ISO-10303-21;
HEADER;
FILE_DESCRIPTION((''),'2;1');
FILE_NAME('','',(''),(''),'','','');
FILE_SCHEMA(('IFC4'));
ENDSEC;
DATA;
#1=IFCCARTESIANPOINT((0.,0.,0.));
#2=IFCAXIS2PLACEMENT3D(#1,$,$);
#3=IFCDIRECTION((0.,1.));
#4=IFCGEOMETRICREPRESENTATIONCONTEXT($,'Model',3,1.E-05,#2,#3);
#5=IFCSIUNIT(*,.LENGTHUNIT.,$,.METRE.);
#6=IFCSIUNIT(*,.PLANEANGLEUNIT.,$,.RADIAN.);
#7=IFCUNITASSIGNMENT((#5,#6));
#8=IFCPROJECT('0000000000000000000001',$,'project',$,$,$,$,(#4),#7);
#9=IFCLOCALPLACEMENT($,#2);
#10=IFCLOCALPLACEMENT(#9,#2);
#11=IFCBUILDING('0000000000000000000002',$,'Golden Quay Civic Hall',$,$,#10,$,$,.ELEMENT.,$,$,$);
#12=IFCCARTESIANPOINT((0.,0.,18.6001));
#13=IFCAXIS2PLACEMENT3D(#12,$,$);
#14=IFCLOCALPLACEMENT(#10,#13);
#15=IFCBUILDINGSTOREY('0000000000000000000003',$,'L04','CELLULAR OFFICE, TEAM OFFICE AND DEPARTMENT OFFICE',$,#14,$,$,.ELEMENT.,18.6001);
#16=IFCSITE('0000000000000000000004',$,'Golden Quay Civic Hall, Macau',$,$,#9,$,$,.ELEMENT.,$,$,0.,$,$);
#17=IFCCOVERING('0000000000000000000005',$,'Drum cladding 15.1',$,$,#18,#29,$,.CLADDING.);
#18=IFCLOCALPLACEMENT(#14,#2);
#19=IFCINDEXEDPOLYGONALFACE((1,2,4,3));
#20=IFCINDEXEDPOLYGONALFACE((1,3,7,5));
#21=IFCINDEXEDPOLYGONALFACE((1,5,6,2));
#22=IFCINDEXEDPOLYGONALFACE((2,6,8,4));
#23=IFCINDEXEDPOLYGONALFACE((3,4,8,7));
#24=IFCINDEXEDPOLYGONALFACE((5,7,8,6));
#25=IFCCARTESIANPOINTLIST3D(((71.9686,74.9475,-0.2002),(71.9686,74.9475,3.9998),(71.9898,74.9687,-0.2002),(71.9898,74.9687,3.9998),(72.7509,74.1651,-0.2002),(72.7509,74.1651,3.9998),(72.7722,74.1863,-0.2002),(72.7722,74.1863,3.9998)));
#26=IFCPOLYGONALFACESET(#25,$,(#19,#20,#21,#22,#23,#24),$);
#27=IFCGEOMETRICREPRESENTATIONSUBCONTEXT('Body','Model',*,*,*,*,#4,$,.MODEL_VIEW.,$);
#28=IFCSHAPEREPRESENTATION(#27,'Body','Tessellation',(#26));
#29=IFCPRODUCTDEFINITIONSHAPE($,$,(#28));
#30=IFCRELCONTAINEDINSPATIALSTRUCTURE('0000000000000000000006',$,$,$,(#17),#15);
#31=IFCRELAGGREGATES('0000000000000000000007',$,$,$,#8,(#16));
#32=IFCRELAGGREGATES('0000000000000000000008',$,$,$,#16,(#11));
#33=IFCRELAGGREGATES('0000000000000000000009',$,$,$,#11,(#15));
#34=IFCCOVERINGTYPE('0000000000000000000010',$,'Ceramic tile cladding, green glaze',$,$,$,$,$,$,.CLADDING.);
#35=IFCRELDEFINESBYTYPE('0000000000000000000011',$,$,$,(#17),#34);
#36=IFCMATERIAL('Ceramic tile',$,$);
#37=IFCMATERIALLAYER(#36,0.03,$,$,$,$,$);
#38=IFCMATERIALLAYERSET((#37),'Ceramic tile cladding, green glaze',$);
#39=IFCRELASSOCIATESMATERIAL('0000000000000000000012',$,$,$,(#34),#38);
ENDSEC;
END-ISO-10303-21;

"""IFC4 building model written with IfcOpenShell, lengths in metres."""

from ifc_helpers import new_model, si_unit, direction, frame, origin, origin_2d, place, context, subcontext, project, spatial, rectangle, extrude, material, layer, layer_set, type_object, element, save


model = new_model("IFC4")

# Units and contexts
model_context = context("Model", 3, precision=1e-05, world=origin(), true_north=direction((0.0, 1.0)))
body_context = subcontext(model_context, "Body", "Model", "MODEL_VIEW")
ifc_project = project(units=[si_unit("LENGTHUNIT", "METRE"), si_unit("PLANEANGLEUNIT", "RADIAN")], contexts=[model_context])

# Site, building, storey
site_placement = place(None, origin())
site = spatial("IfcSite", under=ifc_project, at=site_placement, Name="Golden Quay Civic Hall, Macau", CompositionType="ELEMENT", RefElevation=0.0)
building_placement = place(site_placement, origin())
building = spatial("IfcBuilding", under=site, at=building_placement, Name="Golden Quay Civic Hall", CompositionType="ELEMENT")
storey_placement = place(building_placement, frame((0.0, 0.0, 18.6001)))
storey = spatial("IfcBuildingStorey", under=building, at=storey_placement, Name="L04", Description="CELLULAR OFFICE, TEAM OFFICE AND DEPARTMENT OFFICE", CompositionType="ELEMENT", Elevation=18.6001)

# Covering
ifc_material_1 = material(Name="Ceramic tile")
ifc_layer_1 = layer(ifc_material_1, 0.03)
ifc_layer_set_1 = layer_set([ifc_layer_1], Name="Ceramic tile cladding, green glaze")
covering_type = type_object("IfcCoveringType", Name="Ceramic tile cladding, green glaze", PredefinedType="CLADDING", material=ifc_layer_set_1)
for number, where, z_axis, x_axis, name in (
    (1, (72.3704, 74.5669, -0.2002), (0.0, 0.0, 1.0), (0.707107, -0.707107, 0.0), "Drum cladding 15.1"),
):
    element("IfcCovering", number, at=place(storey_placement, frame(where, z_axis=z_axis, x_axis=x_axis)), inside=storey, type_object=covering_type, Name=name, PredefinedType="CLADDING", context=body_context, shape_type="SweptSolid", body=[
        extrude(rectangle(XDim=1.1064, YDim=0.03, at=origin_2d()), origin(), (0.0, 0.0, 1.0), 4.2),
    ])

save(model, "model.ifc")
